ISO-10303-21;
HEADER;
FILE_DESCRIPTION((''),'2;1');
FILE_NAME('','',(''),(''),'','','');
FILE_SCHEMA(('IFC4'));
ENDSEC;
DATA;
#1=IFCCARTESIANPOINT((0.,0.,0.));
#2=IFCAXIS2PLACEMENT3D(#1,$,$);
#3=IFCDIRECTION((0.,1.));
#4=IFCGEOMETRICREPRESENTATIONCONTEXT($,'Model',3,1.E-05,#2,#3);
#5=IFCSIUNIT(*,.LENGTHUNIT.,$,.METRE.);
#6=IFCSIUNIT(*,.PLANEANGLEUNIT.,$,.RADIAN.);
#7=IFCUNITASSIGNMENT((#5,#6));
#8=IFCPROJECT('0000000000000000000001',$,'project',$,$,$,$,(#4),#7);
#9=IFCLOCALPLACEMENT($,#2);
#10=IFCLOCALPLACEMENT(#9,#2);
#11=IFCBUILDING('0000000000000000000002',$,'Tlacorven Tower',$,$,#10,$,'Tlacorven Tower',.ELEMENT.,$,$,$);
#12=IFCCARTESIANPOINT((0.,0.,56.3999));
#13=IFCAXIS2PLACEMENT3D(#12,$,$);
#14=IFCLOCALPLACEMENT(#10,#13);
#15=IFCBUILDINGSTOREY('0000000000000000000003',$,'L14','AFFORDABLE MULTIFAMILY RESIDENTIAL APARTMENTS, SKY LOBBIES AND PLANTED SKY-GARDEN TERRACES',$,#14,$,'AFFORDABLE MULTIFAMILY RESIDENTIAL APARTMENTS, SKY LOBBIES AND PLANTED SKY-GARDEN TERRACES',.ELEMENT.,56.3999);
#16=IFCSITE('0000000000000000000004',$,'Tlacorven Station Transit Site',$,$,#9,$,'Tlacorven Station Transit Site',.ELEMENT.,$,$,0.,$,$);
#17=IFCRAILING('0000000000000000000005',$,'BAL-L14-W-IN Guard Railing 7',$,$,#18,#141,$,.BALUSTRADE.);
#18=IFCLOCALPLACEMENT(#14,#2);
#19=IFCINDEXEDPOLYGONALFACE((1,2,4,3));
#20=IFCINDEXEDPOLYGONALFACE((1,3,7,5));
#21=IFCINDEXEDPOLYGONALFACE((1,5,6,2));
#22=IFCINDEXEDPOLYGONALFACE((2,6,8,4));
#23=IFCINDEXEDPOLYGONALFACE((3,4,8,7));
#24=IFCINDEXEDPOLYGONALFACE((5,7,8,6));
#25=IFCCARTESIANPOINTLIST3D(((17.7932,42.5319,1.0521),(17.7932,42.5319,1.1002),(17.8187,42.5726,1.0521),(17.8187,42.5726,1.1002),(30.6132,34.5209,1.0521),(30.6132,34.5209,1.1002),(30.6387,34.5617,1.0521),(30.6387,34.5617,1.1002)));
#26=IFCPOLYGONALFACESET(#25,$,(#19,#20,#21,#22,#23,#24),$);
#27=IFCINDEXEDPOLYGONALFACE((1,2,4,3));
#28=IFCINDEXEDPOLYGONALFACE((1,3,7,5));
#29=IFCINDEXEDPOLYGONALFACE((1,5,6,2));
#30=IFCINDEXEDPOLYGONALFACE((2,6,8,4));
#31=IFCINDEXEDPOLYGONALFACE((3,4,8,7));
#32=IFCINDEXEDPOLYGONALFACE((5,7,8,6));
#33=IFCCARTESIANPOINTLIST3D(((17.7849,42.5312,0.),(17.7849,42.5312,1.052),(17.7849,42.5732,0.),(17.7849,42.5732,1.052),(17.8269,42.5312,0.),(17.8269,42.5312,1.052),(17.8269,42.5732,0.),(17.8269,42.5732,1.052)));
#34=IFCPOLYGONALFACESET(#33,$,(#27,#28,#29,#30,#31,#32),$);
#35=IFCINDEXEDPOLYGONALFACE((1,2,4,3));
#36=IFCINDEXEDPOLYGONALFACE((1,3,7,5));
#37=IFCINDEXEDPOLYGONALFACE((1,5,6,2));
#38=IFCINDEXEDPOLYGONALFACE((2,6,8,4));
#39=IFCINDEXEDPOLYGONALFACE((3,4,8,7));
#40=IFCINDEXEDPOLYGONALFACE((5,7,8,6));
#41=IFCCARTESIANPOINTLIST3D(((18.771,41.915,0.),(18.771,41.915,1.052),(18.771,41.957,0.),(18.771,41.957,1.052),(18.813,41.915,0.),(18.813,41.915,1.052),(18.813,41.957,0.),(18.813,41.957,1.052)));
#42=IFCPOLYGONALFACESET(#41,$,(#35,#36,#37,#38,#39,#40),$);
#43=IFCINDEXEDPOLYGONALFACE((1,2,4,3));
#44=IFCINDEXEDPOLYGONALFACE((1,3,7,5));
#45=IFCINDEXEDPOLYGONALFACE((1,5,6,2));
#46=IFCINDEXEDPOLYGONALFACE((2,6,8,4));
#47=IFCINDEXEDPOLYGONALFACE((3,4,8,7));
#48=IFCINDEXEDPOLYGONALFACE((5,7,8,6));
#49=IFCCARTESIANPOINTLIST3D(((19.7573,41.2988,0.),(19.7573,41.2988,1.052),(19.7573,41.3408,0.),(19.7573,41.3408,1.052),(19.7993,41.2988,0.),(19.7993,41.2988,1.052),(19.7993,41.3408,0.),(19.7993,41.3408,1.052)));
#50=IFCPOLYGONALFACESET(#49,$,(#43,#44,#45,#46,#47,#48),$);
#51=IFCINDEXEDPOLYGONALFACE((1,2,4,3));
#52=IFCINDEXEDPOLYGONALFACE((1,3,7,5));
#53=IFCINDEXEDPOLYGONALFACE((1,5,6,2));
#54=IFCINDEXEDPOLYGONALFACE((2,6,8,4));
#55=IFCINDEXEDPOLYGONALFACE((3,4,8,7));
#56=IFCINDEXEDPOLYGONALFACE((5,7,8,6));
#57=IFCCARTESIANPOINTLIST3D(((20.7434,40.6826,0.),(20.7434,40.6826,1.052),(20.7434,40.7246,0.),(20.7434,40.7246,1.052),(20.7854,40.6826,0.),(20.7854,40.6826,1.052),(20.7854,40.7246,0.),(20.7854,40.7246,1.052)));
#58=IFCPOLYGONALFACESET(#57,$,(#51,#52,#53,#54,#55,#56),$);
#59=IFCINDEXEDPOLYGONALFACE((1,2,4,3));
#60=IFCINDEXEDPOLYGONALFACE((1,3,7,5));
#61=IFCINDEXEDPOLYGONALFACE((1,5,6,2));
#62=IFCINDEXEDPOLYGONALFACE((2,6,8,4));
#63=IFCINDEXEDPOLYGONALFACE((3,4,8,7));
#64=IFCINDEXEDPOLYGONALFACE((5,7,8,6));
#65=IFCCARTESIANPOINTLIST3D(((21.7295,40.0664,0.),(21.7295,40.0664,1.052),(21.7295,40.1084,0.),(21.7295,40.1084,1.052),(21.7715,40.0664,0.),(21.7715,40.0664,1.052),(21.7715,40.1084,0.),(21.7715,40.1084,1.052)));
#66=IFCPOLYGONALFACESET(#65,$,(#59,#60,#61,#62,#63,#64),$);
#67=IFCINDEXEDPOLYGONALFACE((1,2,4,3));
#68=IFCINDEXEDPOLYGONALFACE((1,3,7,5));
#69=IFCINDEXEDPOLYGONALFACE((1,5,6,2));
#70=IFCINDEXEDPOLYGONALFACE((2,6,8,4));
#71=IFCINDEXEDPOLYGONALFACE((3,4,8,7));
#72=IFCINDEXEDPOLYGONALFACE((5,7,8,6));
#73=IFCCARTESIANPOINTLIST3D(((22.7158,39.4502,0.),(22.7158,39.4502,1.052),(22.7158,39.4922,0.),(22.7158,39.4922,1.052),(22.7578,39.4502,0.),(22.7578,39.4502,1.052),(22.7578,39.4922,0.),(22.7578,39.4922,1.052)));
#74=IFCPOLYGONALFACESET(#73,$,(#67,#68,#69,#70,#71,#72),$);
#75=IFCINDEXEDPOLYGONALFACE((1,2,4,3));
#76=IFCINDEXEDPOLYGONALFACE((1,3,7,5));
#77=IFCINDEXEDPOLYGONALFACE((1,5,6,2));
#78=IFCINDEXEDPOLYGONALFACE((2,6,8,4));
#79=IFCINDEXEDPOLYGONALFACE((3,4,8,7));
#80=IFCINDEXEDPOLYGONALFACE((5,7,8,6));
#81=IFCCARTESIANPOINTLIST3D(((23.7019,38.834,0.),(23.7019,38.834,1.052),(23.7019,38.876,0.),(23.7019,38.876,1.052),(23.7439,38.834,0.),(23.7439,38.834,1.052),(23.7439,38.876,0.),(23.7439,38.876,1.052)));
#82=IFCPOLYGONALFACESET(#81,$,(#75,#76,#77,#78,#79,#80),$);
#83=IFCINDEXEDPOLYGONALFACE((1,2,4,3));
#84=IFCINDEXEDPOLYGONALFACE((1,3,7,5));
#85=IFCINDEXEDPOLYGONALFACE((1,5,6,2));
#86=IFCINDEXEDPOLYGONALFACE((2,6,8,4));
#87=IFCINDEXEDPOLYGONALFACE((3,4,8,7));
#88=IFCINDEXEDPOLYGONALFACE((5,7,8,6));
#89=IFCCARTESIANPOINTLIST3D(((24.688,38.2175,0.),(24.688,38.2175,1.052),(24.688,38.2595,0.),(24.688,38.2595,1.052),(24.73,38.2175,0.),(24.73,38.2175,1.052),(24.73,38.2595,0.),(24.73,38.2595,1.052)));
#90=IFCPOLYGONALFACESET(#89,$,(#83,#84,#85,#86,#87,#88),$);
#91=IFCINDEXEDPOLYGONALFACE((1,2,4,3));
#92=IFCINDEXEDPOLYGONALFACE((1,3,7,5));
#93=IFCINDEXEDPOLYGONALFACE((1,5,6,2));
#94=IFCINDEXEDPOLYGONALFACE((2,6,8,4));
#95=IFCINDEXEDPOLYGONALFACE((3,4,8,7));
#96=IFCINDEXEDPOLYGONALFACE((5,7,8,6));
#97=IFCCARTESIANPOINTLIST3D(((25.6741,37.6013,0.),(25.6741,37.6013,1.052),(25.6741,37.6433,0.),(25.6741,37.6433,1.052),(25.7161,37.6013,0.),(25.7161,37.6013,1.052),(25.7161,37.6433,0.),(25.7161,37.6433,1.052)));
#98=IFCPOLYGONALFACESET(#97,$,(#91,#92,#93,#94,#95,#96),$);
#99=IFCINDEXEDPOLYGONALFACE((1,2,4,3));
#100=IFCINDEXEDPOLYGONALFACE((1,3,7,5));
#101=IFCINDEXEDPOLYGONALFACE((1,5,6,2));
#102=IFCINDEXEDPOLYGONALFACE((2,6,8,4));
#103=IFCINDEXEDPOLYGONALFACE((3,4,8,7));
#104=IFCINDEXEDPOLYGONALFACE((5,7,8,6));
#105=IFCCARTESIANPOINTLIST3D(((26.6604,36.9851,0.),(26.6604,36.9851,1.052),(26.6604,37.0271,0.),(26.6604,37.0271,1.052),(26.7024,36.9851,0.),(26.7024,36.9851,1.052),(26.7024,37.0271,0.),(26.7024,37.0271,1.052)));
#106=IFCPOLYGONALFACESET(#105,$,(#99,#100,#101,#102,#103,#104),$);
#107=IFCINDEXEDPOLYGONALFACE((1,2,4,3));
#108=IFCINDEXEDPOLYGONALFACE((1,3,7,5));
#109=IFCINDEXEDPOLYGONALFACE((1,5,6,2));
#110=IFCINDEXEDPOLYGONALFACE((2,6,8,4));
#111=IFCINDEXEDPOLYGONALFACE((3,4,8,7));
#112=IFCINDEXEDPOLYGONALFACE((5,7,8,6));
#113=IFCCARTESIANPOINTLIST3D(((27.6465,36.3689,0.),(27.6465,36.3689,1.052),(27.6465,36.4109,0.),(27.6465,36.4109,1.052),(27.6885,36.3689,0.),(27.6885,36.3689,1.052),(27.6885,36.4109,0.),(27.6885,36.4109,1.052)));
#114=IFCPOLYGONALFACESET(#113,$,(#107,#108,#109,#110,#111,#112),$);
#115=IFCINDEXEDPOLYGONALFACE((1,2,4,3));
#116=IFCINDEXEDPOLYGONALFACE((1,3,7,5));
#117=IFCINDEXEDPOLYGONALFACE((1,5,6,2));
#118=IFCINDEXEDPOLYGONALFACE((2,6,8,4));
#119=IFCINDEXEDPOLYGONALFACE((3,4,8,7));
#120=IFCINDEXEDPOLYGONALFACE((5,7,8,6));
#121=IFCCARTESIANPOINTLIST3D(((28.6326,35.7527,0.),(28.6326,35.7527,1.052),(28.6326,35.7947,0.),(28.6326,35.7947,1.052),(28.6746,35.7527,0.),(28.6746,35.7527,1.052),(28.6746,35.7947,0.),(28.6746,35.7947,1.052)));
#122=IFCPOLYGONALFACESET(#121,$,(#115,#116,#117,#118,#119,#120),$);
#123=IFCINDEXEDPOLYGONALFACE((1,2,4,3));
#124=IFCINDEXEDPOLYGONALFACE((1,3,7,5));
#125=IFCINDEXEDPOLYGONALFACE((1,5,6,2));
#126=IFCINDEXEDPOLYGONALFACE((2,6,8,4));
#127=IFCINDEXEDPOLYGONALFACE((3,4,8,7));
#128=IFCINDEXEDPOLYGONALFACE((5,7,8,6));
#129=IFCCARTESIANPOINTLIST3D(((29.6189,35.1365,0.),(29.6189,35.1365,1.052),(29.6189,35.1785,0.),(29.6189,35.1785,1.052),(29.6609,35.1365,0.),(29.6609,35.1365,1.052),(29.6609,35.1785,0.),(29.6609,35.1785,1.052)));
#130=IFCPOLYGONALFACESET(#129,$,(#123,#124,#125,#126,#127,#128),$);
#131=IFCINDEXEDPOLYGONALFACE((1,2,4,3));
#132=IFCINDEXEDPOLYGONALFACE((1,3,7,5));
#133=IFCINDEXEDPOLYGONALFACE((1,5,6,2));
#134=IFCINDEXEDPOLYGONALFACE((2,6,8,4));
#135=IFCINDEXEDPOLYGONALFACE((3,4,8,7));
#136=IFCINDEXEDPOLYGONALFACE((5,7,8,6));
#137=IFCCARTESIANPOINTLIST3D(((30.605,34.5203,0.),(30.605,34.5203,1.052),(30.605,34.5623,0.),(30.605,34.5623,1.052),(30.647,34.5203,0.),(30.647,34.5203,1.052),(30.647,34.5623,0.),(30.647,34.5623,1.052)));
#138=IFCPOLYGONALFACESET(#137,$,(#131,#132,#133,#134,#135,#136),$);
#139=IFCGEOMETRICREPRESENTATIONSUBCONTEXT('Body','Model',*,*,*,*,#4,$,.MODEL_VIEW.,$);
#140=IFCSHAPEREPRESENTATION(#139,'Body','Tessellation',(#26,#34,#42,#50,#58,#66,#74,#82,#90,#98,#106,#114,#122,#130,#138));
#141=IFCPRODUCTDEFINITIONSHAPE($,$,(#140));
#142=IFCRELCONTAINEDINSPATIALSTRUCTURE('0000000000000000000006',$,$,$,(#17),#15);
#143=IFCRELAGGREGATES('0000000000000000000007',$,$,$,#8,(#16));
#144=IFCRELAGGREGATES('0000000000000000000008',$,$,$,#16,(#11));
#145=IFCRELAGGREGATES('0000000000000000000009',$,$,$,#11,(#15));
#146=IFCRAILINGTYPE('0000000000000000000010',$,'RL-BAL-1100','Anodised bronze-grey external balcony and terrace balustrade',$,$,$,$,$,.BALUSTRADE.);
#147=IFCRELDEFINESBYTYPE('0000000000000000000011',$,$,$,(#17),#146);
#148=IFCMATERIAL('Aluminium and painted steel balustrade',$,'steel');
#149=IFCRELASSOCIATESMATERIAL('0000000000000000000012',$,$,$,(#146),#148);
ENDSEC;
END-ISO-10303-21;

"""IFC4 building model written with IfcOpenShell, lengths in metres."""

from ifc_helpers import new_model, si_unit, direction, frame, origin, origin_2d, place, context, subcontext, project, spatial, rectangle, extrude, source, transform, mapped, material, type_object, element, save


model = new_model("IFC4")

# Units and contexts
model_context = context("Model", 3, precision=1e-05, world=origin(), true_north=direction((0.0, 1.0)))
body_context = subcontext(model_context, "Body", "Model", "MODEL_VIEW")
ifc_project = project(units=[si_unit("LENGTHUNIT", "METRE"), si_unit("PLANEANGLEUNIT", "RADIAN")], contexts=[model_context])

# Site, building, storey
site_placement = place(None, origin())
site = spatial("IfcSite", under=ifc_project, at=site_placement, Name="Tlacorven Station Transit Site", LongName="Tlacorven Station Transit Site", CompositionType="ELEMENT", RefElevation=0.0)
building_placement = place(site_placement, origin())
building = spatial("IfcBuilding", under=site, at=building_placement, Name="Tlacorven Tower", LongName="Tlacorven Tower", CompositionType="ELEMENT")
storey_placement = place(building_placement, frame((0.0, 0.0, 56.3999)))
storey = spatial("IfcBuildingStorey", under=building, at=storey_placement, Name="L14", Description="AFFORDABLE MULTIFAMILY RESIDENTIAL APARTMENTS, SKY LOBBIES AND PLANTED SKY-GARDEN TERRACES", LongName="AFFORDABLE MULTIFAMILY RESIDENTIAL APARTMENTS, SKY LOBBIES AND PLANTED SKY-GARDEN TERRACES", CompositionType="ELEMENT", Elevation=56.3999)

# Railing
ifc_material_1 = material(Name="Aluminium and painted steel balustrade", Category="steel")
railing_type = type_object("IfcRailingType", Name="RL-BAL-1100", Description="Anodised bronze-grey external balcony and terrace balustrade", PredefinedType="BALUSTRADE", material=ifc_material_1)
shared_shape_1 = source(origin(), body_context, "Body", "SweptSolid", [
    extrude(rectangle(XDim=0.0481, YDim=0.0481, at=origin_2d()), frame((0.0, 0.0, 1.0762), z_axis=(0.848045, -0.529925, 0.0), x_axis=(0.529925, 0.848045, 0.0)), (0.0, 0.0, 1.0), 15.1172),
    extrude(rectangle(XDim=0.042, YDim=0.042, at=origin_2d()), origin(), (0.0, 0.0, 1.0), 1.052),
    extrude(rectangle(XDim=0.042, YDim=0.042, at=origin_2d()), frame((0.9861, -0.6162, 0.0)), (0.0, 0.0, 1.0), 1.052),
    extrude(rectangle(XDim=0.042, YDim=0.042, at=origin_2d()), frame((1.9724, -1.2324, 0.0)), (0.0, 0.0, 1.0), 1.052),
    extrude(rectangle(XDim=0.042, YDim=0.042, at=origin_2d()), frame((2.9585, -1.8486, 0.0)), (0.0, 0.0, 1.0), 1.052),
    extrude(rectangle(XDim=0.042, YDim=0.042, at=origin_2d()), frame((3.9446, -2.4648, 0.0)), (0.0, 0.0, 1.0), 1.052),
    extrude(rectangle(XDim=0.042, YDim=0.042, at=origin_2d()), frame((4.9309, -3.0811, 0.0)), (0.0, 0.0, 1.0), 1.052),
    extrude(rectangle(XDim=0.042, YDim=0.042, at=origin_2d()), frame((5.917, -3.6973, 0.0)), (0.0, 0.0, 1.0), 1.052),
    extrude(rectangle(XDim=0.042, YDim=0.042, at=origin_2d()), frame((6.9031, -4.3137, 0.0)), (0.0, 0.0, 1.0), 1.052),
    extrude(rectangle(XDim=0.042, YDim=0.042, at=origin_2d()), frame((7.8892, -4.9299, 0.0)), (0.0, 0.0, 1.0), 1.052),
    extrude(rectangle(XDim=0.042, YDim=0.042, at=origin_2d()), frame((8.8755, -5.5461, 0.0)), (0.0, 0.0, 1.0), 1.052),
    extrude(rectangle(XDim=0.042, YDim=0.042, at=origin_2d()), frame((9.8616, -6.1624, 0.0)), (0.0, 0.0, 1.0), 1.052),
    extrude(rectangle(XDim=0.042, YDim=0.042, at=origin_2d()), frame((10.8477, -6.7786, 0.0)), (0.0, 0.0, 1.0), 1.052),
    extrude(rectangle(XDim=0.042, YDim=0.042, at=origin_2d()), frame((11.834, -7.3948, 0.0)), (0.0, 0.0, 1.0), 1.052),
    extrude(rectangle(XDim=0.042, YDim=0.042, at=origin_2d()), frame((12.8201, -8.011, 0.0)), (0.0, 0.0, 1.0), 1.052),
])
railing_1_placement = place(storey_placement, frame((17.8059, 42.5522, 0.0)))
element("IfcRailing", 1, at=railing_1_placement, inside=storey, type_object=railing_type, Name="BAL-L14-W-IN Guard Railing 7", PredefinedType="BALUSTRADE", context=body_context, shape_type="MappedRepresentation", body=[
    mapped(shared_shape_1, transform((0.0, 0.0, 0.0), scale=1.0)),
])

save(model, "model.ifc")
